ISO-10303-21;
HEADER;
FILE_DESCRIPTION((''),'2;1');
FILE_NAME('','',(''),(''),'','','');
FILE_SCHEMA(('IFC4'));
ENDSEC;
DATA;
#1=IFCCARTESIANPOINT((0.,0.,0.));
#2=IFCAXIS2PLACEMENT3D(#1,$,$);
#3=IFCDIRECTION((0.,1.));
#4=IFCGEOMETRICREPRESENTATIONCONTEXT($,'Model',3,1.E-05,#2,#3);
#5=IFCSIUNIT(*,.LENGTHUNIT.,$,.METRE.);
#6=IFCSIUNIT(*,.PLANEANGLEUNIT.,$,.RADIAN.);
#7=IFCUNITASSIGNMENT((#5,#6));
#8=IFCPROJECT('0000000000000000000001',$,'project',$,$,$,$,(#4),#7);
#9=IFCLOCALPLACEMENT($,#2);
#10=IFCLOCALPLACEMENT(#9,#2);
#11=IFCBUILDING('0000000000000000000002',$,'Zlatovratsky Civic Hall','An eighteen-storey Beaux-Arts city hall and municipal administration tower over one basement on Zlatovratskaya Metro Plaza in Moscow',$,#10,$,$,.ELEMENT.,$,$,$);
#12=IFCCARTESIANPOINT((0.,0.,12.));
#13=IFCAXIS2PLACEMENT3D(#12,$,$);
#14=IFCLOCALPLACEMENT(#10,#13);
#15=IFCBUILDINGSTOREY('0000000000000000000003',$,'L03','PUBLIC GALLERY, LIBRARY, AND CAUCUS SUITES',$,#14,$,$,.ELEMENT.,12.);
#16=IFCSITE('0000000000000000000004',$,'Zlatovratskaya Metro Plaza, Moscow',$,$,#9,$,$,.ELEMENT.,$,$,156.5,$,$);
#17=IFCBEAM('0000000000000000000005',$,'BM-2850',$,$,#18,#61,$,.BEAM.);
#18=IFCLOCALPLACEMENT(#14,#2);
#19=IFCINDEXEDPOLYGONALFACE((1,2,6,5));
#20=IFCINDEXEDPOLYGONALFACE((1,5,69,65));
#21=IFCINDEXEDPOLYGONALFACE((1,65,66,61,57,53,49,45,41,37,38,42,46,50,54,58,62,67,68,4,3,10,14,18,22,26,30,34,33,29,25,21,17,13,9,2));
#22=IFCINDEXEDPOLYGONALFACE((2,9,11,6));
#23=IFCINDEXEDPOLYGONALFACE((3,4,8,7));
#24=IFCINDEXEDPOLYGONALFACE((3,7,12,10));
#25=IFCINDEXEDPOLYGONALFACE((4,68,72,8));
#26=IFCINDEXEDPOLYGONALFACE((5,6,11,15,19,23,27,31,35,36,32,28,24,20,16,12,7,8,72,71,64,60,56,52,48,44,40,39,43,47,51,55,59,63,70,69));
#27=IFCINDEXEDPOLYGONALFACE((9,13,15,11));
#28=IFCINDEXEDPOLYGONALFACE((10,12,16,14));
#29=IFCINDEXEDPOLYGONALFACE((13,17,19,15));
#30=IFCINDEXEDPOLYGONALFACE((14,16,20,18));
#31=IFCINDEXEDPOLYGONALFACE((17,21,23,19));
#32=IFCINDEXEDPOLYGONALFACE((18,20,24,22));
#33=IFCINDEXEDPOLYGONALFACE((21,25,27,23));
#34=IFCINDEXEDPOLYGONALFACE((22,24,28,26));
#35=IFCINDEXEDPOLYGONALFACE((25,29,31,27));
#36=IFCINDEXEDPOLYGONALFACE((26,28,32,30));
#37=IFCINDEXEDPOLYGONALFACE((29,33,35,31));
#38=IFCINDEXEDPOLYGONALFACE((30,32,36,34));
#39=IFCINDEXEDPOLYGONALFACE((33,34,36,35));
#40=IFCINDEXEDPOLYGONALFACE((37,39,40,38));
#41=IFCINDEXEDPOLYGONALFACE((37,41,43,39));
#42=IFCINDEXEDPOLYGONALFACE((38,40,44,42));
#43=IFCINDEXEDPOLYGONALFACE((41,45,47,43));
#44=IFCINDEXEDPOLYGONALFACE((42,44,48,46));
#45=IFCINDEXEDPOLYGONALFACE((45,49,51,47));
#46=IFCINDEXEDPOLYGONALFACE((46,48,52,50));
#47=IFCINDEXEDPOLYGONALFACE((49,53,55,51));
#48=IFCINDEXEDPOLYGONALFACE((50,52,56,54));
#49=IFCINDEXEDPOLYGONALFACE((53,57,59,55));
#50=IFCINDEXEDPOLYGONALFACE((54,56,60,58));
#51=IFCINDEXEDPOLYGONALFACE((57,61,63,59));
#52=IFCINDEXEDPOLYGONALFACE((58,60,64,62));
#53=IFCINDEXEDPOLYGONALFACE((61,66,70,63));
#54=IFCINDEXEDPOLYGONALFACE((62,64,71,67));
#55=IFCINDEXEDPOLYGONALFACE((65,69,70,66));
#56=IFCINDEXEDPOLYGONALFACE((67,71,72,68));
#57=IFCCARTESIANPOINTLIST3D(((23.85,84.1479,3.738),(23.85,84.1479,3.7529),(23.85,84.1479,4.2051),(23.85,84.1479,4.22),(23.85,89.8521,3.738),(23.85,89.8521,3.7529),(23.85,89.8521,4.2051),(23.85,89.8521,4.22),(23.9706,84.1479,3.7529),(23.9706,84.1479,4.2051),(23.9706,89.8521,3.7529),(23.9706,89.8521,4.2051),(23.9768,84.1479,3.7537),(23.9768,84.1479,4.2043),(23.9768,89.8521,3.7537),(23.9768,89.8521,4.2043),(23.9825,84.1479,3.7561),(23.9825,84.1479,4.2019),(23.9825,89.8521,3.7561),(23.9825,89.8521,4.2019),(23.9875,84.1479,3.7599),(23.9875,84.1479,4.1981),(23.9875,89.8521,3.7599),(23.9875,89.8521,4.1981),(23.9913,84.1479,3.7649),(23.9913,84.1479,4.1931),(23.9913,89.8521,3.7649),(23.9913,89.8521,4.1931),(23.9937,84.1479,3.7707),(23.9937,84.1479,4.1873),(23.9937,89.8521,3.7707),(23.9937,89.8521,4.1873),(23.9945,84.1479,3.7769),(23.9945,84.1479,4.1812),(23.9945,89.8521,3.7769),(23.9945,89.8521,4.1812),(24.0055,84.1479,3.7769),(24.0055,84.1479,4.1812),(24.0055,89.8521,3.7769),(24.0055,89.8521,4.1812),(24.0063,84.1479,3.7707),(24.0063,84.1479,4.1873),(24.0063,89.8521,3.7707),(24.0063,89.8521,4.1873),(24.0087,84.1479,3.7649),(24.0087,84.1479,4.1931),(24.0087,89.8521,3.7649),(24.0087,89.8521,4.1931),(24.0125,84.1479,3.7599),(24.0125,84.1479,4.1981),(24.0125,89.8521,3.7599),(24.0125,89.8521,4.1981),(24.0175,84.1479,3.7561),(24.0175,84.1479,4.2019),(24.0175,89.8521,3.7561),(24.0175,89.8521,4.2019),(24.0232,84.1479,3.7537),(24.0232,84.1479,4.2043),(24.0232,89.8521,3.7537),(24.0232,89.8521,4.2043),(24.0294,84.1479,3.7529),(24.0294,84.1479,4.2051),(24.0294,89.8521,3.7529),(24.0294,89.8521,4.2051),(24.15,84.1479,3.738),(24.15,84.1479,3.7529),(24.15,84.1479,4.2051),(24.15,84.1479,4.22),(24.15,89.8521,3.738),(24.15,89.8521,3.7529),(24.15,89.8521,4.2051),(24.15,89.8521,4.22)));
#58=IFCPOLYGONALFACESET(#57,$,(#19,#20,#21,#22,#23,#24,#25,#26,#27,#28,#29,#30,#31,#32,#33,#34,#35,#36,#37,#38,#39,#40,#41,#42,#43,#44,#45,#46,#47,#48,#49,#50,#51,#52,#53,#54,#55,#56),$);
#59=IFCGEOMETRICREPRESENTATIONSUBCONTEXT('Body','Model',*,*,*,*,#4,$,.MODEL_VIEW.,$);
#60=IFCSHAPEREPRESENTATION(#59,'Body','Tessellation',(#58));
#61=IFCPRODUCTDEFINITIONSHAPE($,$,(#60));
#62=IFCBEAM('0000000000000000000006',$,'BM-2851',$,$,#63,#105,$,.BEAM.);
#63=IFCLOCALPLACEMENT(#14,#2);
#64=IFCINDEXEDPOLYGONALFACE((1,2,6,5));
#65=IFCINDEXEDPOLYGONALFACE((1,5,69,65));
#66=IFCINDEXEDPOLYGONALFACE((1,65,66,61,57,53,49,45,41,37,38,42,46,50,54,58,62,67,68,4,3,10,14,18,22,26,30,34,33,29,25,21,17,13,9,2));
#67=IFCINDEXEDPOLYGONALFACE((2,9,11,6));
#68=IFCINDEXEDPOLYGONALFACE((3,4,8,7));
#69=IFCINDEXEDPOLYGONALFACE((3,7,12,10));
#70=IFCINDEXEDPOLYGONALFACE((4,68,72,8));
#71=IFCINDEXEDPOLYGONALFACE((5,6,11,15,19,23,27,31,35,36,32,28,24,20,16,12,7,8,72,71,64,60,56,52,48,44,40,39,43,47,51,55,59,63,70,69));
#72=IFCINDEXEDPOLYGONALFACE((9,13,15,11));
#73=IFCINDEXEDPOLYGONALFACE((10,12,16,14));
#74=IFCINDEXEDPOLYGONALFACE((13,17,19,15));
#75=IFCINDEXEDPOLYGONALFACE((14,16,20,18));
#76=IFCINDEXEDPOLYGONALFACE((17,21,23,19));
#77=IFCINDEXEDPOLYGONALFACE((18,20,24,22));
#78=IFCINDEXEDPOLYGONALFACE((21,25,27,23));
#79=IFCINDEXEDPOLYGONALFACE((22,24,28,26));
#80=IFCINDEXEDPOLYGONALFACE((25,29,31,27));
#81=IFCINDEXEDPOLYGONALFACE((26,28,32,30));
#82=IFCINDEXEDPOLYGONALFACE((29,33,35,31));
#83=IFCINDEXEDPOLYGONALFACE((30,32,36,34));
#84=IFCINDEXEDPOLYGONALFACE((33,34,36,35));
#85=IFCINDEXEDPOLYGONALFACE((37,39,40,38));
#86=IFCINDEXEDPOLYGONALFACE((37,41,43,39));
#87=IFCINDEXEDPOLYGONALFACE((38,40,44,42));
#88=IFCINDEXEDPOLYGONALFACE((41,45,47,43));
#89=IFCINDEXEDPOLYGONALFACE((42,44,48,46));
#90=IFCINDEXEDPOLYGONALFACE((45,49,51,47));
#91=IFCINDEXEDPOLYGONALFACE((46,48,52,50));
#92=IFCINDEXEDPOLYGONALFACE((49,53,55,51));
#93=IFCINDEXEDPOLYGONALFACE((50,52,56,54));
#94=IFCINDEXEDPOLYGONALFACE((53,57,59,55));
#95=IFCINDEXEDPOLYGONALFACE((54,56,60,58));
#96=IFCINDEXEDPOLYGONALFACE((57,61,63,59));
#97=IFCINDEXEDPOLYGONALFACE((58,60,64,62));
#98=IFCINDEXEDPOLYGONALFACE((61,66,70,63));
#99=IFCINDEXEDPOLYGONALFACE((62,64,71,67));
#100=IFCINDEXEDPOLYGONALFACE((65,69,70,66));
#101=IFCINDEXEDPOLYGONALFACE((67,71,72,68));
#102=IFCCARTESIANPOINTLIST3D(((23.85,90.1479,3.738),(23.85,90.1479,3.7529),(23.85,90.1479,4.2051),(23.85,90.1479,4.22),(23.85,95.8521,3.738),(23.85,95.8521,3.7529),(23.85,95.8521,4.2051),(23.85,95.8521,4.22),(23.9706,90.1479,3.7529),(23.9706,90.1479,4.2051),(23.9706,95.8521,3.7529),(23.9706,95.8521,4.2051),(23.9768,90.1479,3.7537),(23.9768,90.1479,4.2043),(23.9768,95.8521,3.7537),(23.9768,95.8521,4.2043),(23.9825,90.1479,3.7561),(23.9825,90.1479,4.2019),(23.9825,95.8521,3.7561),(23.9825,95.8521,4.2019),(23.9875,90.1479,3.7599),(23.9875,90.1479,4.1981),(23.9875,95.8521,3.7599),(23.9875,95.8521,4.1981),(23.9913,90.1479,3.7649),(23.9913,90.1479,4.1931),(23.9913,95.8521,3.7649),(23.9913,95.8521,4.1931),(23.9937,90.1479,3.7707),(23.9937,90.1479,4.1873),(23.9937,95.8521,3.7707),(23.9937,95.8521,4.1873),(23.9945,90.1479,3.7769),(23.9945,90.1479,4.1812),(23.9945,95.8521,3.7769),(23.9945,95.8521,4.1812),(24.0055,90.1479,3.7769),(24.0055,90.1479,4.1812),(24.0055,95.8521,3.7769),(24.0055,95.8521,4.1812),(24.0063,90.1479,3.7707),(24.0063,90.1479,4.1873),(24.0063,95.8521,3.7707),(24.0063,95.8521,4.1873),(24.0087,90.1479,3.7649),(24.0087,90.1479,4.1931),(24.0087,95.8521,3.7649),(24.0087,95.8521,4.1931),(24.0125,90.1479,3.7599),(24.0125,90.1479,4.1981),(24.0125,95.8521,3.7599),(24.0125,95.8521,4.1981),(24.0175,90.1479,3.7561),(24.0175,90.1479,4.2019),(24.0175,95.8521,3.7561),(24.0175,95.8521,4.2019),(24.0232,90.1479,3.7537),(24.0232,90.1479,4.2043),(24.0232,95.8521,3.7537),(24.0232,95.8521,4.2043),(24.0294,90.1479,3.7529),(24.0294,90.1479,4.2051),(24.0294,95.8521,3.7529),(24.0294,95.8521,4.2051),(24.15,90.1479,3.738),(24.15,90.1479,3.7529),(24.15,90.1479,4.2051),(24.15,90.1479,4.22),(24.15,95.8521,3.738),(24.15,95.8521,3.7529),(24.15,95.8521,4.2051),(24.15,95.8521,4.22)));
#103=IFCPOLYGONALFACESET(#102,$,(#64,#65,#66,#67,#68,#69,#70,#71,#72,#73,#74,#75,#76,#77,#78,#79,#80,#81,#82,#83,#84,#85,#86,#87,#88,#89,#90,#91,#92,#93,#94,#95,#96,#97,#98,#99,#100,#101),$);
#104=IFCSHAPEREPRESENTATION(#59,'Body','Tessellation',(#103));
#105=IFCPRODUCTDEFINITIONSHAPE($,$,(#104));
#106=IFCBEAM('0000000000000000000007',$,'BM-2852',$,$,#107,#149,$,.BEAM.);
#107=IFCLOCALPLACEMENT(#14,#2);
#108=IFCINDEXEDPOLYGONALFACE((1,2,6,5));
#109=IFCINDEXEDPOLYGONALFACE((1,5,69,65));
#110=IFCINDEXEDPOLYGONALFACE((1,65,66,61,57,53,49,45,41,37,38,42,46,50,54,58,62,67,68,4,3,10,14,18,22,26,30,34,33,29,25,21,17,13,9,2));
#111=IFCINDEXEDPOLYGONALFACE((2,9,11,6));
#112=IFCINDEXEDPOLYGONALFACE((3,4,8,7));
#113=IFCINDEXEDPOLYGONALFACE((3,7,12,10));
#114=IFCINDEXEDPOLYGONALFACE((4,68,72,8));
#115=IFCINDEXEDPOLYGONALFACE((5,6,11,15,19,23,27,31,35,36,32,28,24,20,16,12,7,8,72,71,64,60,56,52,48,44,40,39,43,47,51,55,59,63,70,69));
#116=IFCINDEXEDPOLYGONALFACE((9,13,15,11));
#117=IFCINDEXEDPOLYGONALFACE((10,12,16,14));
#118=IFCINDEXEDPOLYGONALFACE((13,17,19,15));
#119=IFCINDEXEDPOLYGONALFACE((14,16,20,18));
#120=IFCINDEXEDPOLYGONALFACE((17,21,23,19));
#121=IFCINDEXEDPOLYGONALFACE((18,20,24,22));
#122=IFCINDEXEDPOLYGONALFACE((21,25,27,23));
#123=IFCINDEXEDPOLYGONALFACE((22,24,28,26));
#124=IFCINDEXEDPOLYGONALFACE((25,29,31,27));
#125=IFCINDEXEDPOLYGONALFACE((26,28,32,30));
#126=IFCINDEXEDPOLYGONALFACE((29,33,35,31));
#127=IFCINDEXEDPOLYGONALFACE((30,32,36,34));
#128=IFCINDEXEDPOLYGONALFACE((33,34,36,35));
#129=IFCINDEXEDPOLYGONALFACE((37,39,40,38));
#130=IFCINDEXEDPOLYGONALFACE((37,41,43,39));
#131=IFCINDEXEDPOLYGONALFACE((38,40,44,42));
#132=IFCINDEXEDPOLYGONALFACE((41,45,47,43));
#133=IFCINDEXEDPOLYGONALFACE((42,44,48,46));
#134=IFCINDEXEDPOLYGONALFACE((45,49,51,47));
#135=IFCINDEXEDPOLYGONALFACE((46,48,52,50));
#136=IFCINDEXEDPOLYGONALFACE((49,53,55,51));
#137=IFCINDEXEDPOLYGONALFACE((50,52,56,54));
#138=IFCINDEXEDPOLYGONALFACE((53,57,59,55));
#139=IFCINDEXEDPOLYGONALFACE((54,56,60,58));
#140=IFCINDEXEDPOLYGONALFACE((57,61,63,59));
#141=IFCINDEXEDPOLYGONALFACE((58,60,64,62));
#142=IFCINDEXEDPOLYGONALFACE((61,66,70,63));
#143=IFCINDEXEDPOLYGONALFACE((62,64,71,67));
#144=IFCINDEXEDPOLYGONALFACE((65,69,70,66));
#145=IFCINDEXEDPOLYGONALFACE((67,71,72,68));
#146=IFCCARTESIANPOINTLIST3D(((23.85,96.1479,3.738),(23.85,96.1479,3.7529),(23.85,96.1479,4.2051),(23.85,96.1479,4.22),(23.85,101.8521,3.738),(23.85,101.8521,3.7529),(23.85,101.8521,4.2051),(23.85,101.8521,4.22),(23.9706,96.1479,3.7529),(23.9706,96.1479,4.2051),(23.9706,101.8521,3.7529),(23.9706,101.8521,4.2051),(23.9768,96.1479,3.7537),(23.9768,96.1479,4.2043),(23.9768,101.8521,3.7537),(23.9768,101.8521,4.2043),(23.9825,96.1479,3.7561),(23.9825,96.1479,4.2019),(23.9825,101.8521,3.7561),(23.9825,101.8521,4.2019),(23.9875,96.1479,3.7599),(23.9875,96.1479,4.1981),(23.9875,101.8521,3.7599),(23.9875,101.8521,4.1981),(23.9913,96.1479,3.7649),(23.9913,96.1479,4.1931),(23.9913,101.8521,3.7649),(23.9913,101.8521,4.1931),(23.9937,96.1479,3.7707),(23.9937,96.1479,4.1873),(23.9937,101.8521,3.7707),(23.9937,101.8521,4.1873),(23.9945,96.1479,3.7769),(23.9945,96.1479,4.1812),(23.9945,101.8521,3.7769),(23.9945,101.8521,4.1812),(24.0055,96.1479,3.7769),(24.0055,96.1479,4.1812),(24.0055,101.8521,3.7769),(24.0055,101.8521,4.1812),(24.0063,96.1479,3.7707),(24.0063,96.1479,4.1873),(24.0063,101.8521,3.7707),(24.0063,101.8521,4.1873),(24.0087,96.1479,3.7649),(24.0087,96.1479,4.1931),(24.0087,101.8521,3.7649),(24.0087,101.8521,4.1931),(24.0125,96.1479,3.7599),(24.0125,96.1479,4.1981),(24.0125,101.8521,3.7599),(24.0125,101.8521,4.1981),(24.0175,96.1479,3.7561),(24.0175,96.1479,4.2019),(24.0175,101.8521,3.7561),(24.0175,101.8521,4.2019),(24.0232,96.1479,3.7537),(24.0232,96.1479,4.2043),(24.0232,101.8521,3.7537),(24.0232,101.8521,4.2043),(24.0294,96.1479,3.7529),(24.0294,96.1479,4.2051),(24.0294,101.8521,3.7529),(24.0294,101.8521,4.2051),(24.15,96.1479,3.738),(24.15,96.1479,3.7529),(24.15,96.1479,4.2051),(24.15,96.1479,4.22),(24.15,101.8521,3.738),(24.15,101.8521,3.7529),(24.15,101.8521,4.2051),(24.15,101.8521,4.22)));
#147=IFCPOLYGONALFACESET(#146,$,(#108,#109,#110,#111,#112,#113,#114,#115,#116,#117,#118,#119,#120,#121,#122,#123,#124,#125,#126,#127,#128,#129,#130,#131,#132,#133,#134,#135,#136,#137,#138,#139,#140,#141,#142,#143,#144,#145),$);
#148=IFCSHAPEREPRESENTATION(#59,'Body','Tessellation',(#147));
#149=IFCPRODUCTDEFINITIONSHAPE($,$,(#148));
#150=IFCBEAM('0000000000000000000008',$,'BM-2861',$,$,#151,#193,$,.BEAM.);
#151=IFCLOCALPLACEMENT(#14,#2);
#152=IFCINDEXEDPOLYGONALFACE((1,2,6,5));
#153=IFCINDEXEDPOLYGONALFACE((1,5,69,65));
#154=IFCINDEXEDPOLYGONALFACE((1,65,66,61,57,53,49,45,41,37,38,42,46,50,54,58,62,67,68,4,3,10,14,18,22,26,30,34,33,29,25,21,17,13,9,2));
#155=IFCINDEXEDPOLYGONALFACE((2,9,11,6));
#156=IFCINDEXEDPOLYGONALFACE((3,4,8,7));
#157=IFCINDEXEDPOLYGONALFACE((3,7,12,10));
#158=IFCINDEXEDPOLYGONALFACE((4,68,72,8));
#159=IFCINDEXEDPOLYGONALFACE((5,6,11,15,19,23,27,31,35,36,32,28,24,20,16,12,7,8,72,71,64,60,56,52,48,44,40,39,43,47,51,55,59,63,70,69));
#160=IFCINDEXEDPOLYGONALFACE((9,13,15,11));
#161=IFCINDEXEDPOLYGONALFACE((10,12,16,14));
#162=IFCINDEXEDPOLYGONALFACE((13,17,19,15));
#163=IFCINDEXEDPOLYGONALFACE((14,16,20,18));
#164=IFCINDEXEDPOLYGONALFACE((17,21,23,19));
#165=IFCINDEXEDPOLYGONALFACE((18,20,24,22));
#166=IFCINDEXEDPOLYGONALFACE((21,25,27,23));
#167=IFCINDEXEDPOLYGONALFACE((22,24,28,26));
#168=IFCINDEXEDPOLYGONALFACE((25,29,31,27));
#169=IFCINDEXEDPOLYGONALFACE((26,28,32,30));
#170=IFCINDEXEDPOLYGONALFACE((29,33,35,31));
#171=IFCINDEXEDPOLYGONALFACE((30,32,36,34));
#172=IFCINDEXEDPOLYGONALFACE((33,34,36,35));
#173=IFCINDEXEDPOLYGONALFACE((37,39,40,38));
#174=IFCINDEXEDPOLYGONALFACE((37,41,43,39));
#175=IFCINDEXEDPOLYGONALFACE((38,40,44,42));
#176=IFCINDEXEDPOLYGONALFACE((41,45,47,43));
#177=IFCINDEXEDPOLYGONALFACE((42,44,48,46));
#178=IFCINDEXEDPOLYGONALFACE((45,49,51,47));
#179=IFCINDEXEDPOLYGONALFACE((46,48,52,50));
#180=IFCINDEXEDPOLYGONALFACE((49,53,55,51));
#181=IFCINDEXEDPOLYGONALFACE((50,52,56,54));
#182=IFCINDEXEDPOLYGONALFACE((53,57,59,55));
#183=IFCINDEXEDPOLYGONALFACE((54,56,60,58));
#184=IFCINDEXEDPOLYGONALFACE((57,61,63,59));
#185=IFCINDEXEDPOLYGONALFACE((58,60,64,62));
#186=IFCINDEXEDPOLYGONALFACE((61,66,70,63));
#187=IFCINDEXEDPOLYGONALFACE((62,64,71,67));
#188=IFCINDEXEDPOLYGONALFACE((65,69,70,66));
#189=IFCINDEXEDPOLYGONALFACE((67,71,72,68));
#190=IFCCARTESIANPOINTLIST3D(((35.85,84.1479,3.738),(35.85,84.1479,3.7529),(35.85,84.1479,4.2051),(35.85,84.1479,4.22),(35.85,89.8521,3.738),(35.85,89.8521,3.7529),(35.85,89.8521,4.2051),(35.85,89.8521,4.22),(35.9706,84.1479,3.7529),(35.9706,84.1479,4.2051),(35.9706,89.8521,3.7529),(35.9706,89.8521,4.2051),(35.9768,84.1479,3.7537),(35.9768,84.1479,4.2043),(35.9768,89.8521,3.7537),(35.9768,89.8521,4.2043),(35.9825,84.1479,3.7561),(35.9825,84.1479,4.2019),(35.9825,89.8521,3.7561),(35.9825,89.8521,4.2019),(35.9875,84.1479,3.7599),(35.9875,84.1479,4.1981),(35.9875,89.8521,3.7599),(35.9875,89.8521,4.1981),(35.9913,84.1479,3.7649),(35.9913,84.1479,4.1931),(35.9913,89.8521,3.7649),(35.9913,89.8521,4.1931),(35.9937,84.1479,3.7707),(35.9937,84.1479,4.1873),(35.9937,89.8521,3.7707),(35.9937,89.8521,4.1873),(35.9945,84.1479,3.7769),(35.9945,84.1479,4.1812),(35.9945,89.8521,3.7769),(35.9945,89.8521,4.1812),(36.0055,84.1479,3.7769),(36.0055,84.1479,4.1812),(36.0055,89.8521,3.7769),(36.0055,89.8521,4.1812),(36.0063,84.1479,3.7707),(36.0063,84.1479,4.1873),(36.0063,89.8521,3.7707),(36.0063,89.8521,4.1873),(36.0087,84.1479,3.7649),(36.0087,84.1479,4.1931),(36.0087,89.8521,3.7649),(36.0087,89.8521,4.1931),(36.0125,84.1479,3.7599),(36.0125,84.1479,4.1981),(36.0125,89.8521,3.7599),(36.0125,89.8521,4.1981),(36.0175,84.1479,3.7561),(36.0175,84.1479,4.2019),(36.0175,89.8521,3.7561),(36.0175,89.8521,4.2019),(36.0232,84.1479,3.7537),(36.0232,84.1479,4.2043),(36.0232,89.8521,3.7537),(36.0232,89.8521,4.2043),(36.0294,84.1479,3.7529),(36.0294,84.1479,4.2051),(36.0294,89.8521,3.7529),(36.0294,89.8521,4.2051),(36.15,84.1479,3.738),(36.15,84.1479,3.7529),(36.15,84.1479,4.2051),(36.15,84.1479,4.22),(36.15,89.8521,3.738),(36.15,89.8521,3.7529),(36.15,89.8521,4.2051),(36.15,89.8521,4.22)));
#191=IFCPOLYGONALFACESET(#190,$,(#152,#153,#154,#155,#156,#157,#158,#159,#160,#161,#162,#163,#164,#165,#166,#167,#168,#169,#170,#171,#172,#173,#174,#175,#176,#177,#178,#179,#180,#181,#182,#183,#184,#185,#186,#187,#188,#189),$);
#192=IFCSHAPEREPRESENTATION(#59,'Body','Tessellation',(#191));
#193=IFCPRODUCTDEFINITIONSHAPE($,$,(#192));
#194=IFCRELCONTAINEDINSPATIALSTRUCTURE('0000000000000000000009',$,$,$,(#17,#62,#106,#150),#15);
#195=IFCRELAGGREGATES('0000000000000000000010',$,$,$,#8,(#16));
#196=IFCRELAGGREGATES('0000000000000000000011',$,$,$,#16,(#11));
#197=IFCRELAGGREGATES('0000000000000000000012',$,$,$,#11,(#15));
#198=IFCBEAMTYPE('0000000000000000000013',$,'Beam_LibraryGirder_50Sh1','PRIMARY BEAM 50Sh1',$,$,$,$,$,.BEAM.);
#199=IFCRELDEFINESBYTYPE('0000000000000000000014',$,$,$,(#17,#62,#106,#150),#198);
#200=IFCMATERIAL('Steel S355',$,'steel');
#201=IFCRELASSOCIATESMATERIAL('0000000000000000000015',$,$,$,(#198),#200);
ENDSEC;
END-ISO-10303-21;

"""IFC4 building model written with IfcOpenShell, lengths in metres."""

from ifc_helpers import new_model, si_unit, direction, frame, origin, origin_2d, place, context, subcontext, project, spatial, i_section, extrude, material, material_profile, profile_set, type_object, element, save


model = new_model("IFC4")

# Units and contexts
model_context = context("Model", 3, precision=1e-05, world=origin(), true_north=direction((0.0, 1.0)))
body_context = subcontext(model_context, "Body", "Model", "MODEL_VIEW")
ifc_project = project(units=[si_unit("LENGTHUNIT", "METRE"), si_unit("PLANEANGLEUNIT", "RADIAN")], contexts=[model_context])

# Site, building, storey
site_placement = place(None, origin())
site = spatial("IfcSite", under=ifc_project, at=site_placement, Name="Zlatovratskaya Metro Plaza, Moscow", CompositionType="ELEMENT", RefElevation=156.5)
building_placement = place(site_placement, origin())
building = spatial("IfcBuilding", under=site, at=building_placement, Name="Zlatovratsky Civic Hall", Description="An eighteen-storey Beaux-Arts city hall and municipal administration tower over one basement on Zlatovratskaya Metro Plaza in Moscow", CompositionType="ELEMENT")
storey_placement = place(building_placement, frame((0.0, 0.0, 12.0)))
storey = spatial("IfcBuildingStorey", under=building, at=storey_placement, Name="L03", Description="PUBLIC GALLERY, LIBRARY, AND CAUCUS SUITES", CompositionType="ELEMENT", Elevation=12.0)

# Shared definitions
ifc_material_1 = material(Name="Steel S355", Category="steel")

# Beams
ifc_material_profile_1 = material_profile(ifc_material_1, i_section(OverallWidth=0.3, OverallDepth=0.4819, WebThickness=0.011, FlangeThickness=0.0149, FilletRadius=0.0239, at=origin_2d()), Name="50Sh1")
ifc_profile_set_1 = profile_set([ifc_material_profile_1], Name="Steel S355")
beam_type_1 = type_object("IfcBeamType", Name="Beam_LibraryGirder_50Sh1", Description="PRIMARY BEAM 50Sh1", PredefinedType="BEAM", material=ifc_profile_set_1)
for number, where, z_axis, x_axis, name in (
    (1, (24.0, 84.1479, 3.979), (0.0, 1.0, 0.0), (-1.0, 0.0, 0.0), "BM-2850"),
    (2, (24.0, 90.1479, 3.979), (0.0, 1.0, 0.0), (-1.0, 0.0, 0.0), "BM-2851"),
    (3, (24.0, 96.1479, 3.979), (0.0, 1.0, 0.0), (-1.0, 0.0, 0.0), "BM-2852"),
    (4, (36.0, 84.1479, 3.979), (0.0, 1.0, 0.0), (-1.0, 0.0, 0.0), "BM-2861"),
):
    element("IfcBeam", number, at=place(storey_placement, frame(where, z_axis=z_axis, x_axis=x_axis)), inside=storey, type_object=beam_type_1, Name=name, PredefinedType="BEAM", context=body_context, shape_type="SweptSolid", body=[
        extrude(i_section(OverallWidth=0.3, OverallDepth=0.4819, WebThickness=0.011, FlangeThickness=0.0149, FilletRadius=0.0239, at=origin_2d()), origin(), (0.0, 0.0, 1.0), 5.7041),
    ])

save(model, "model.ifc")
